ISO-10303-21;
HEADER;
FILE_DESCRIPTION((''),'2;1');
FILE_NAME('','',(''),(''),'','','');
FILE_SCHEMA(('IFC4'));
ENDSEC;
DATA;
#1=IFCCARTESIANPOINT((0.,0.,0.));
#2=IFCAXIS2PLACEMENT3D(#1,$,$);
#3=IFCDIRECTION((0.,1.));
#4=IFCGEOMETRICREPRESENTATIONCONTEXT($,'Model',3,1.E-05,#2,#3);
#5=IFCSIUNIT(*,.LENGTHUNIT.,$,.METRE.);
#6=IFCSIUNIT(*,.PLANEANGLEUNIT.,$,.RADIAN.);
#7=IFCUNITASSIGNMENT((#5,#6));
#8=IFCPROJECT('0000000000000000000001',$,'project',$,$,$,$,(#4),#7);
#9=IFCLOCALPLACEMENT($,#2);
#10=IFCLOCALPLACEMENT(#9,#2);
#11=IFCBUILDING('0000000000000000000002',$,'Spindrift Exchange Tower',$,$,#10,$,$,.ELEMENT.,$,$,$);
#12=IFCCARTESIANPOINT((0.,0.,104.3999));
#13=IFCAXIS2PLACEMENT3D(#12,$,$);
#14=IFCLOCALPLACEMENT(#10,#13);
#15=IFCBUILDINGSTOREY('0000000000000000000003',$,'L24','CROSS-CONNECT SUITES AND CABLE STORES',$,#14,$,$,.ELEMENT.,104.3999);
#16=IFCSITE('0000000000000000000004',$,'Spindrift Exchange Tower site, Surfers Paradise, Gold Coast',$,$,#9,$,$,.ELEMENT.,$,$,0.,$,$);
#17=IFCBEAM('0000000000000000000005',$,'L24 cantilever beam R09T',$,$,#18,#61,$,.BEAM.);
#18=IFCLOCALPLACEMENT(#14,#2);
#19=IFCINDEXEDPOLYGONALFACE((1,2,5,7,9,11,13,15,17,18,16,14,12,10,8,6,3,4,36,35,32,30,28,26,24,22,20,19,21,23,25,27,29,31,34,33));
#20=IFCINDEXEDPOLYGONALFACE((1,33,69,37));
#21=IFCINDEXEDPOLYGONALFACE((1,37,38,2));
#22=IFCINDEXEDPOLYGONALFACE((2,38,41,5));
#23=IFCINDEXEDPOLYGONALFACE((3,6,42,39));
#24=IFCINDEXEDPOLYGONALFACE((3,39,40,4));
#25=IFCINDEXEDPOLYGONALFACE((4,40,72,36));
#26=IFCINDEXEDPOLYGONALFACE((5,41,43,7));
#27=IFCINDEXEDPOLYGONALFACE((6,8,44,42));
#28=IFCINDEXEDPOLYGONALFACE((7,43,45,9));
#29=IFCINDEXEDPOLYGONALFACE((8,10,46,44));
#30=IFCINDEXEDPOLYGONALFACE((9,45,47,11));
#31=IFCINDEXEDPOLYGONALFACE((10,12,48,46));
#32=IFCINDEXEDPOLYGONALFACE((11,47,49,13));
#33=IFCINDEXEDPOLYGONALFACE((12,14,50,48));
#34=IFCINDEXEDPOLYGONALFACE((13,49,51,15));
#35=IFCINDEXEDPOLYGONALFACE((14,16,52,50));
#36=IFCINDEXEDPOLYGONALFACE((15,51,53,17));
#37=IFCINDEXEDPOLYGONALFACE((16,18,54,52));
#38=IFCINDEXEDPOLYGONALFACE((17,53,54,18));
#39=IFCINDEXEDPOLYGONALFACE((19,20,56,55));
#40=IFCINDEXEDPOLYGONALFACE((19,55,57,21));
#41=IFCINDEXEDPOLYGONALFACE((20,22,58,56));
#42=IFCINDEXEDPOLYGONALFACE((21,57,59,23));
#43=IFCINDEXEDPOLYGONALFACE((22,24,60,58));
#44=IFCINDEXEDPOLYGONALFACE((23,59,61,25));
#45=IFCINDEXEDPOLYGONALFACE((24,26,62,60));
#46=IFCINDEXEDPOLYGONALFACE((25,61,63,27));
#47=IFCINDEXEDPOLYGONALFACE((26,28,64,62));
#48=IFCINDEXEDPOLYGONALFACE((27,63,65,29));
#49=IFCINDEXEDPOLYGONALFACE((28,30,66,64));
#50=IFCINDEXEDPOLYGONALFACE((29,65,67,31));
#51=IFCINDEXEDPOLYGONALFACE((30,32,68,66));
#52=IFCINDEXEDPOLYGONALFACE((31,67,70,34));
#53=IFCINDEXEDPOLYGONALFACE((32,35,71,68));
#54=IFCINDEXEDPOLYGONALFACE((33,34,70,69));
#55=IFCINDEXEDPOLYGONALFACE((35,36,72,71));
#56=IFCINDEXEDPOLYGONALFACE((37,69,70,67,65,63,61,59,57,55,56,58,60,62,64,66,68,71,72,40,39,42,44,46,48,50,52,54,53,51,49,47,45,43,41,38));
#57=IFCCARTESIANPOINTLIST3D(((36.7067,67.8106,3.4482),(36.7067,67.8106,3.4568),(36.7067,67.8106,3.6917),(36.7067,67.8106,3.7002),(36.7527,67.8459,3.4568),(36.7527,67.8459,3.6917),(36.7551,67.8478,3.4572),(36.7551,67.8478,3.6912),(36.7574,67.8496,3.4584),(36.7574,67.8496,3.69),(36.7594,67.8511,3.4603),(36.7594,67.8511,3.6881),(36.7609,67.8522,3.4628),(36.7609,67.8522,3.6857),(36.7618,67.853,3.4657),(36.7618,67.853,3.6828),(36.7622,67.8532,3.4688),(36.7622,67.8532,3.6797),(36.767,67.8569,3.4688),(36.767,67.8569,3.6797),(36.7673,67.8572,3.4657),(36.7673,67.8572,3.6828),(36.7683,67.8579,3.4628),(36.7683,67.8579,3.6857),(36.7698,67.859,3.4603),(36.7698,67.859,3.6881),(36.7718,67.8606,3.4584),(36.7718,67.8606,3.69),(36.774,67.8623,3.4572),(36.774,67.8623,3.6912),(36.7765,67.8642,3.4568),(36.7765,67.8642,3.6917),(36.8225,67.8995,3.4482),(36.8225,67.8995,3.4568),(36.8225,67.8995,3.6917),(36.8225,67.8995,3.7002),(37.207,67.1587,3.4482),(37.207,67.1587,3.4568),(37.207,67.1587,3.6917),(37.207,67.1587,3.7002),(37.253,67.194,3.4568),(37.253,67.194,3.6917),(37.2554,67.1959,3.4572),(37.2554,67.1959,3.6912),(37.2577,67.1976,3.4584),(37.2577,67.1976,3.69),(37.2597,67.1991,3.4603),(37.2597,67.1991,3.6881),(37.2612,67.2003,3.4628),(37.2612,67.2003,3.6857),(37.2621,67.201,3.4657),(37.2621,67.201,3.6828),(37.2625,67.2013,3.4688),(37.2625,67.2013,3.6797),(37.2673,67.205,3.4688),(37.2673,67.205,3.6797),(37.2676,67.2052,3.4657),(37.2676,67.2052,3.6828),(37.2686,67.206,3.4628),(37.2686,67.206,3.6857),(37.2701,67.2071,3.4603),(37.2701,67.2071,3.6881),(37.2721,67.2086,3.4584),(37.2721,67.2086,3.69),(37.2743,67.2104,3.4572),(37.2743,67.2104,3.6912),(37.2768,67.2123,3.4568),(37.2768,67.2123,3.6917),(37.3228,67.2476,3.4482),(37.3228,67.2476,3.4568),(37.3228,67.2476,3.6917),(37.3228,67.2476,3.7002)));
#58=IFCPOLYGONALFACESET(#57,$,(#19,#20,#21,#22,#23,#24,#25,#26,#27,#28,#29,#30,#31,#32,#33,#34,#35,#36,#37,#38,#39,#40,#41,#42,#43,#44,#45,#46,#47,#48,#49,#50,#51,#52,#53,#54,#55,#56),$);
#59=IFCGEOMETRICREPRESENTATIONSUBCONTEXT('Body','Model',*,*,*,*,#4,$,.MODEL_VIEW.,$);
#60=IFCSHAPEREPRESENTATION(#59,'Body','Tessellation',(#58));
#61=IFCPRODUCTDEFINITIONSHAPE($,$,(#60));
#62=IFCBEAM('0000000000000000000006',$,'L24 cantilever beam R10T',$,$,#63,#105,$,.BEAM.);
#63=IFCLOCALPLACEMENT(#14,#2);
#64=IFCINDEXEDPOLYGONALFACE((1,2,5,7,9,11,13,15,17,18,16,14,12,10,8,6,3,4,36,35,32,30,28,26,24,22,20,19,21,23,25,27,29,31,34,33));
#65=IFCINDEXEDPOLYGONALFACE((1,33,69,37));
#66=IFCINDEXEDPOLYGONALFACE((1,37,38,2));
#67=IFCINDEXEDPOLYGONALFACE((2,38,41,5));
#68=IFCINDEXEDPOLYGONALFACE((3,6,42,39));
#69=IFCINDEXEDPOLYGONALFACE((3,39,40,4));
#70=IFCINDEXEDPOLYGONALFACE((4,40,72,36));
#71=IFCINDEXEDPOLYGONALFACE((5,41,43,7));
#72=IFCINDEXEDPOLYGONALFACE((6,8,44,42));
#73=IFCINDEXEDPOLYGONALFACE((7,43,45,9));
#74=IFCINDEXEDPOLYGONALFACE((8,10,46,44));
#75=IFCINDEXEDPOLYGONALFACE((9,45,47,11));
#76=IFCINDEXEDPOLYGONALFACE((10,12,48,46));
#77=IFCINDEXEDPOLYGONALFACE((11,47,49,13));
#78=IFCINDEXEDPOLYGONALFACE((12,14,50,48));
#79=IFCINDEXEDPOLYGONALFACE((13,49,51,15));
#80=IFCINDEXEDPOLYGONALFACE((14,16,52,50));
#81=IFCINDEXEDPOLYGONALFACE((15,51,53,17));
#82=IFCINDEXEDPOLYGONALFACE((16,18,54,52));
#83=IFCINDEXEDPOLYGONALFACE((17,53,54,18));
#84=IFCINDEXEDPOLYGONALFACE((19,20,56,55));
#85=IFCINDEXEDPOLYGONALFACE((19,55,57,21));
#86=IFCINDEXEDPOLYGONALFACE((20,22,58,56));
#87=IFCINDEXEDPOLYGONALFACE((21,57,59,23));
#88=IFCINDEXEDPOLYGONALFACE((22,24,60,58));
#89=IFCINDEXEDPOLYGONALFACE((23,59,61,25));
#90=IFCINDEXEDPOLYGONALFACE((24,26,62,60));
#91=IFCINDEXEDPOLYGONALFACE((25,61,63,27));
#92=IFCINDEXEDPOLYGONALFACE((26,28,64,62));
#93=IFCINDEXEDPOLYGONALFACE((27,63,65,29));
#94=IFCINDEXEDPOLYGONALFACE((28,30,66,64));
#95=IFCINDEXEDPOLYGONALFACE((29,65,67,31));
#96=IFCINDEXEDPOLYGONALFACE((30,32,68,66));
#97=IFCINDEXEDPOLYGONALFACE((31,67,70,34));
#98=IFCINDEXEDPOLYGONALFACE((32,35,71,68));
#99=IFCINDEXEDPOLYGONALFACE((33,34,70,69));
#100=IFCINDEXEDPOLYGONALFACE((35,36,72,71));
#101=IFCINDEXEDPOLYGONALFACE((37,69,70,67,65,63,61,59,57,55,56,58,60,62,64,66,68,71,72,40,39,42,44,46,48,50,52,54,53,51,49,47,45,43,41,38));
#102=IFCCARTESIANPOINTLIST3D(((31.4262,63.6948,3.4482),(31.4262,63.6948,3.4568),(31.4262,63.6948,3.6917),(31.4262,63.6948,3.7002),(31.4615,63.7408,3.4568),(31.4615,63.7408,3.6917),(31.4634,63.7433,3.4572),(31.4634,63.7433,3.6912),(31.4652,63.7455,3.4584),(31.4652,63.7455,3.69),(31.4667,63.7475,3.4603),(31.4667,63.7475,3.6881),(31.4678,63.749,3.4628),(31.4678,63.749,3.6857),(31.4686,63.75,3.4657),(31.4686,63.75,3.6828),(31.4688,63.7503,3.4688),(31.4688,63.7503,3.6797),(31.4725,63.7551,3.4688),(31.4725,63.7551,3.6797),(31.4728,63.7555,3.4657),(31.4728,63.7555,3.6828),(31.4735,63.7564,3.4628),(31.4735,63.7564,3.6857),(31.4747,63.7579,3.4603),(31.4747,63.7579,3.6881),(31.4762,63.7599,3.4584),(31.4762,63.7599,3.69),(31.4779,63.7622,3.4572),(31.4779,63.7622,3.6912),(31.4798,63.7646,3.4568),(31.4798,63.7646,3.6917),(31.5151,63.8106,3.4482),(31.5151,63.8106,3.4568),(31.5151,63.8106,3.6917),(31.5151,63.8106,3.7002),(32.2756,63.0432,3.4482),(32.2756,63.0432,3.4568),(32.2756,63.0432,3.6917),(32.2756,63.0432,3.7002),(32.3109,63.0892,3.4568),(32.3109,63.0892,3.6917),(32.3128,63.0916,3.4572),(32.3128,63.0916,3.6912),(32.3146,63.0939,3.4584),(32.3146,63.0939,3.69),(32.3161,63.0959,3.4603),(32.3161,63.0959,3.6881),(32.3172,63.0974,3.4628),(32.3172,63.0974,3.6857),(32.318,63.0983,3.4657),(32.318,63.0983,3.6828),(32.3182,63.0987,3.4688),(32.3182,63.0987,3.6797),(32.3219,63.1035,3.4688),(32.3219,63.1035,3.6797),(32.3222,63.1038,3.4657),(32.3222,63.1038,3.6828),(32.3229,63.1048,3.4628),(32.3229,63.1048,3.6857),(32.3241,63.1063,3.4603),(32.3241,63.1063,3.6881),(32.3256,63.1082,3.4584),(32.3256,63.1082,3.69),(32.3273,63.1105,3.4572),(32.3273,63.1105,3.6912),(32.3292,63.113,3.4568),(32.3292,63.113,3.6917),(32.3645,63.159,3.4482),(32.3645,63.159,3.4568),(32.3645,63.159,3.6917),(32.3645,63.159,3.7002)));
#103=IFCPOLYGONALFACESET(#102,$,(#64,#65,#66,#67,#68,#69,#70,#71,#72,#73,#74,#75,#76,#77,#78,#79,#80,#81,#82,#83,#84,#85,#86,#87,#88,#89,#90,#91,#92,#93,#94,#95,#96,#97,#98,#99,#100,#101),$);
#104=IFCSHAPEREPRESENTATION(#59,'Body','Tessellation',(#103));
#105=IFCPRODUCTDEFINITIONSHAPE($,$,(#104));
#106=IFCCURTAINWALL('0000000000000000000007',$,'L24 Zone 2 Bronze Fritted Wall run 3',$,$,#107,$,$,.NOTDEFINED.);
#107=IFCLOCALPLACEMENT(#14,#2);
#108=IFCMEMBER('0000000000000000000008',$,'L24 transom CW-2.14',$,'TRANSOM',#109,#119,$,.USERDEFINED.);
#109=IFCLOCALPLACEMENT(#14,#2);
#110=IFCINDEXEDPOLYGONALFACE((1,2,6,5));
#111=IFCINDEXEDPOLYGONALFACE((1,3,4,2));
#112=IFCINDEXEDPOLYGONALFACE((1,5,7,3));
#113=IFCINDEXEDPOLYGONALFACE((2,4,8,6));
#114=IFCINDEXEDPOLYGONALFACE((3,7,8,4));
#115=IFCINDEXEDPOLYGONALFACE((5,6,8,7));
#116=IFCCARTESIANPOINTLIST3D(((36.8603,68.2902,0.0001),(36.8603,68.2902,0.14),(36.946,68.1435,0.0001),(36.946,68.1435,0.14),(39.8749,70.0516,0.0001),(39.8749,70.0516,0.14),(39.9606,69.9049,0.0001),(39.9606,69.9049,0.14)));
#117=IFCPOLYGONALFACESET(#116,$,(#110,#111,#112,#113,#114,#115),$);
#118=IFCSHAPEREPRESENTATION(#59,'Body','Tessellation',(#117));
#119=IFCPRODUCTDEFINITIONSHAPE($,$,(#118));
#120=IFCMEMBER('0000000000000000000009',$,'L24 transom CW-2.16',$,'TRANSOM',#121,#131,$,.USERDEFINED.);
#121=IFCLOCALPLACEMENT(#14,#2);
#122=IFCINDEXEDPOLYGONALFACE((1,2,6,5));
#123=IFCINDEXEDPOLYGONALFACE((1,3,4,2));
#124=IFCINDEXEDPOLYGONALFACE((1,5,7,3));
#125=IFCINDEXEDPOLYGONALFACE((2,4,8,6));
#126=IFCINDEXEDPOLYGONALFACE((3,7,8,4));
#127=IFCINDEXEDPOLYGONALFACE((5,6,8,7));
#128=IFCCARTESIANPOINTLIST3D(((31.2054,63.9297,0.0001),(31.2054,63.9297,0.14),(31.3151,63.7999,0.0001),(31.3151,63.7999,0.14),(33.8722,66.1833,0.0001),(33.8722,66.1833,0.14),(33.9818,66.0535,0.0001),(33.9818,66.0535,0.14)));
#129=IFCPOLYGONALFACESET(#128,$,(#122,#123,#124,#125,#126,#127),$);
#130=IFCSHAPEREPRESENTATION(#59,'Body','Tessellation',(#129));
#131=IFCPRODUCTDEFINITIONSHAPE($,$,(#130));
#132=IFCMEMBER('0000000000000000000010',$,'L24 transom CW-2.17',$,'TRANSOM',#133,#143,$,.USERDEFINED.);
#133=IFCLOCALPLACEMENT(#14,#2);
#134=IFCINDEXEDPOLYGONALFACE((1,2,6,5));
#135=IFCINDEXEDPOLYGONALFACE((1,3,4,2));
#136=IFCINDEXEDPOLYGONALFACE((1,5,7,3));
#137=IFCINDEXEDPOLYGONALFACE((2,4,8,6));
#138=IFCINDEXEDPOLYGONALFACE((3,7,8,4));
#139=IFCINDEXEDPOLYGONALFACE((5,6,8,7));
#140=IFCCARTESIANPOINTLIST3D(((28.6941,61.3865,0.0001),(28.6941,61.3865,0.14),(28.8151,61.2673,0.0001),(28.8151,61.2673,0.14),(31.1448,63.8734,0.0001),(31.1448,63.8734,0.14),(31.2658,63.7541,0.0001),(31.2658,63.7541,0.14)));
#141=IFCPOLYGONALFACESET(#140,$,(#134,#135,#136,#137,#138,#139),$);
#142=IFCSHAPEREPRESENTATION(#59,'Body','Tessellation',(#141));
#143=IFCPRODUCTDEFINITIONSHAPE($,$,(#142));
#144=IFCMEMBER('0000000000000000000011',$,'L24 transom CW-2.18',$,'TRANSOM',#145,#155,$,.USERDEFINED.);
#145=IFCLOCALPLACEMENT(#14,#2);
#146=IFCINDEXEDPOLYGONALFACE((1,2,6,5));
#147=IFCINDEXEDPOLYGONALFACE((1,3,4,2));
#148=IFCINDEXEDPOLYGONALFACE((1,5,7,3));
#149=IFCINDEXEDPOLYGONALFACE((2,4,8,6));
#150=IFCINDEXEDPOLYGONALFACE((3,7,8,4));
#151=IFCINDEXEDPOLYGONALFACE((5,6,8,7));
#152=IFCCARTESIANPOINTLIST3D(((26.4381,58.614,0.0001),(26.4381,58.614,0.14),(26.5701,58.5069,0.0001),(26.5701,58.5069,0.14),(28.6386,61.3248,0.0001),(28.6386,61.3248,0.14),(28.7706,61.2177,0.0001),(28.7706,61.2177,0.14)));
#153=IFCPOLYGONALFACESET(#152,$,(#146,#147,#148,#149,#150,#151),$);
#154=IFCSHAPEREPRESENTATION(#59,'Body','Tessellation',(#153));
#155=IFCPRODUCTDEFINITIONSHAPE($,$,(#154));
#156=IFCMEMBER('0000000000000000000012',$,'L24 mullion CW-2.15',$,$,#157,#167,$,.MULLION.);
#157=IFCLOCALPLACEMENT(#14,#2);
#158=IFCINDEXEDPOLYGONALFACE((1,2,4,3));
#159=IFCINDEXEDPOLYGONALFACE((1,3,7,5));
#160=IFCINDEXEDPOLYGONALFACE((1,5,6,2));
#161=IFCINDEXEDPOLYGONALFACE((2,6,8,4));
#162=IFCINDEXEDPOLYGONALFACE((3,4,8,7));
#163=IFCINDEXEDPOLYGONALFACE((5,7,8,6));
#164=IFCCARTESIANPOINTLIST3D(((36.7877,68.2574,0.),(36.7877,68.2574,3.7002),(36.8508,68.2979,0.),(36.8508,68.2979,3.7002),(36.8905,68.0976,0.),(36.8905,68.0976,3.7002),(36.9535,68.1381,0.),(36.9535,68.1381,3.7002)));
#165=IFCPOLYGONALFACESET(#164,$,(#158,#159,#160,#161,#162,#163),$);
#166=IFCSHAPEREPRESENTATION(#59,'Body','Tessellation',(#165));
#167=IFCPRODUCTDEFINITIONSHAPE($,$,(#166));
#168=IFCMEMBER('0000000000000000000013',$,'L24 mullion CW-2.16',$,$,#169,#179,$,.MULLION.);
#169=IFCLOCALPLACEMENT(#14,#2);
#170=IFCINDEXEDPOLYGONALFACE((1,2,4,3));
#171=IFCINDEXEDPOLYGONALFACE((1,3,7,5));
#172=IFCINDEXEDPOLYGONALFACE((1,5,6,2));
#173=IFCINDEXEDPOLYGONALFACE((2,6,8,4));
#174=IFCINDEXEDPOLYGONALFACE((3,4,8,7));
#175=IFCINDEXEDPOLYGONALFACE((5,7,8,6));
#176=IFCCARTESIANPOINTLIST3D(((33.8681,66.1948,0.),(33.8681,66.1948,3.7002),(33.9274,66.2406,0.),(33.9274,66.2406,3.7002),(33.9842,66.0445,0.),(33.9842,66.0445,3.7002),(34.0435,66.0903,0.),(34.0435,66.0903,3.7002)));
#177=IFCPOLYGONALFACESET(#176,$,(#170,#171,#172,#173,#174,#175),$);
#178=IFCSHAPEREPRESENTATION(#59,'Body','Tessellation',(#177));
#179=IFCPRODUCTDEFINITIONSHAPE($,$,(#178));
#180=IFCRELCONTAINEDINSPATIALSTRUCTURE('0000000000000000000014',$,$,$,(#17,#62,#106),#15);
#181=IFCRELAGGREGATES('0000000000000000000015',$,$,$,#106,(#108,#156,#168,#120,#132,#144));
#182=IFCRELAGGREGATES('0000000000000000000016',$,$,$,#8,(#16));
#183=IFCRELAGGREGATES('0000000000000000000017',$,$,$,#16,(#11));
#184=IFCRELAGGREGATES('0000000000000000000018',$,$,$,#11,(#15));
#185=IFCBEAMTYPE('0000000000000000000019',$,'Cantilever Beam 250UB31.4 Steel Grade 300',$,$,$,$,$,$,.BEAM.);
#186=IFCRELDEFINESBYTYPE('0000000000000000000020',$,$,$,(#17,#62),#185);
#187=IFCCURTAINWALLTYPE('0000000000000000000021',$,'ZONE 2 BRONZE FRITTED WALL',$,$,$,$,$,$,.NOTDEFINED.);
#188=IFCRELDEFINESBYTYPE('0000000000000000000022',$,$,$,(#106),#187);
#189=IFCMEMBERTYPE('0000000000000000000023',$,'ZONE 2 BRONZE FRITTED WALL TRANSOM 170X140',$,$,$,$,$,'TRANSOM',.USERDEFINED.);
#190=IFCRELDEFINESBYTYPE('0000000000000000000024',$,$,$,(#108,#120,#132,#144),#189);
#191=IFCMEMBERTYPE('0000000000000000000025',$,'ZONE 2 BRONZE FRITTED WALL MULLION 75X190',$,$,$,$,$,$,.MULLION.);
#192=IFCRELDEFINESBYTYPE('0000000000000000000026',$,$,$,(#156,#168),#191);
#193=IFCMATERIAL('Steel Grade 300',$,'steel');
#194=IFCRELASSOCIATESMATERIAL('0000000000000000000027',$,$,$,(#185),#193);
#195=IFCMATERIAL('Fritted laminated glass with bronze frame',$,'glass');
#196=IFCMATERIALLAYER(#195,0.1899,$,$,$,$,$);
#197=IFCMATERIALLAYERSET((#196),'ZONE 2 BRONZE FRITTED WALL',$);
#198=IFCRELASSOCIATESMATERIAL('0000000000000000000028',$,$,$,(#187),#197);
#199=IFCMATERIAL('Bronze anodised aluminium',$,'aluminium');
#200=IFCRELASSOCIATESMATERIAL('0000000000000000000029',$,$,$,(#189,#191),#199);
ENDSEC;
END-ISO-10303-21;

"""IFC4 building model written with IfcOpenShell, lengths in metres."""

from ifc_helpers import new_model, si_unit, direction, frame, origin, origin_2d, place, context, subcontext, project, spatial, rectangle, i_section, extrude, source, transform, mapped, material, layer, layer_set, material_profile, profile_set, type_object, element, aggregate, save


model = new_model("IFC4")

# Units and contexts
model_context = context("Model", 3, precision=1e-05, world=origin(), true_north=direction((0.0, 1.0)))
body_context = subcontext(model_context, "Body", "Model", "MODEL_VIEW")
ifc_project = project(units=[si_unit("LENGTHUNIT", "METRE"), si_unit("PLANEANGLEUNIT", "RADIAN")], contexts=[model_context])

# Site, building, storey
site_placement = place(None, origin())
site = spatial("IfcSite", under=ifc_project, at=site_placement, Name="Spindrift Exchange Tower site, Surfers Paradise, Gold Coast", CompositionType="ELEMENT", RefElevation=0.0)
building_placement = place(site_placement, origin())
building = spatial("IfcBuilding", under=site, at=building_placement, Name="Spindrift Exchange Tower", CompositionType="ELEMENT")
storey_placement = place(building_placement, frame((0.0, 0.0, 104.3999)))
storey = spatial("IfcBuildingStorey", under=building, at=storey_placement, Name="L24", Description="CROSS-CONNECT SUITES AND CABLE STORES", CompositionType="ELEMENT", Elevation=104.3999)

# Beams
ifc_material_1 = material(Name="Steel Grade 300", Category="steel")
ifc_material_profile_1 = material_profile(ifc_material_1, i_section(OverallWidth=0.146, OverallDepth=0.252, WebThickness=0.0061, FlangeThickness=0.0085, FilletRadius=0.012, at=origin_2d()), Name="250UB31.4")
ifc_profile_set_1 = profile_set([ifc_material_profile_1], Name="Steel Grade 300")
beam_type_1 = type_object("IfcBeamType", Name="Cantilever Beam 250UB31.4 Steel Grade 300", PredefinedType="BEAM", material=ifc_profile_set_1)
shared_shape_1 = source(origin(), body_context, "Body", "SweptSolid", [
    extrude(i_section(OverallWidth=0.146, OverallDepth=0.252, WebThickness=0.0061, FlangeThickness=0.0085, FilletRadius=0.012, at=origin_2d()), origin(), (0.0, 0.0, 1.0), 0.8218),
])
beam_1_placement = place(storey_placement, frame((37.2649, 67.2031, 3.5742), z_axis=(-0.608806, 0.793319, 0.0), x_axis=(-0.793319, -0.608806, 0.0)))
element("IfcBeam", 1, at=beam_1_placement, inside=storey, type_object=beam_type_1, Name="L24 cantilever beam R09T", PredefinedType="BEAM", context=body_context, shape_type="MappedRepresentation", body=[
    mapped(shared_shape_1, transform((0.0, 0.0, 0.0), scale=1.0)),
])
shared_shape_2 = source(origin(), body_context, "Body", "SweptSolid", [
    extrude(i_section(OverallWidth=0.146, OverallDepth=0.252, WebThickness=0.0061, FlangeThickness=0.0085, FilletRadius=0.012, at=origin_2d()), origin(), (0.0, 0.0, 1.0), 1.0706),
])
beam_2_placement = place(storey_placement, frame((32.3201, 63.1011, 3.5742), z_axis=(-0.793412, 0.608685, 0.0), x_axis=(-0.608685, -0.793412, 0.0)))
element("IfcBeam", 2, at=beam_2_placement, inside=storey, type_object=beam_type_1, Name="L24 cantilever beam R10T", PredefinedType="BEAM", context=body_context, shape_type="MappedRepresentation", body=[
    mapped(shared_shape_2, transform((0.0, 0.0, 0.0), scale=1.0)),
])

# Curtain wall, members
ifc_material_2 = material(Name="Fritted laminated glass with bronze frame", Category="glass")
ifc_layer_1 = layer(ifc_material_2, 0.1899)
ifc_layer_set_1 = layer_set([ifc_layer_1], Name="ZONE 2 BRONZE FRITTED WALL")
curtain_wall_type = type_object("IfcCurtainWallType", Name="ZONE 2 BRONZE FRITTED WALL", PredefinedType="NOTDEFINED", material=ifc_layer_set_1)
curtain_wall_1_placement = place(storey_placement, origin())
curtain_wall_1 = element("IfcCurtainWall", 3, at=curtain_wall_1_placement, inside=storey, type_object=curtain_wall_type, Name="L24 Zone 2 Bronze Fritted Wall run 3", PredefinedType="NOTDEFINED")
ifc_material_3 = material(Name="Bronze anodised aluminium", Category="aluminium")
ifc_material_profile_2 = material_profile(ifc_material_3, rectangle(XDim=0.1699, YDim=0.1399, at=origin_2d()), Name="ZONE 2 BRONZE FRITTED WALL TRANSOM 170X140")
ifc_profile_set_2 = profile_set([ifc_material_profile_2], Name="Bronze anodised aluminium")
member_type_1 = type_object("IfcMemberType", Name="ZONE 2 BRONZE FRITTED WALL TRANSOM 170X140", ElementType="TRANSOM", PredefinedType="USERDEFINED", material=ifc_profile_set_2)
shared_shape_3 = source(origin(), body_context, "Body", "SweptSolid", [
    extrude(rectangle(XDim=0.1699, YDim=0.1399, at=origin_2d()), origin(), (0.0, 0.0, 1.0), 3.4915),
])
member_1_placement = place(storey_placement, frame((39.9177, 69.9783, 0.0701), z_axis=(-0.863413, -0.504497, 0.0), x_axis=(0.504497, -0.863413, 0.0)))
member_1 = element("IfcMember", 4, at=member_1_placement, type_object=member_type_1, Name="L24 transom CW-2.14", ObjectType="TRANSOM", PredefinedType="USERDEFINED", context=body_context, shape_type="MappedRepresentation", body=[
    mapped(shared_shape_3, transform((0.0, 0.0, 0.0), scale=1.0)),
])
member_2_placement = place(storey_placement, frame((33.927, 66.1184, 0.0701), z_axis=(-0.763784, -0.645472, 0.0), x_axis=(0.645472, -0.763784, 0.0)))
member_2 = element("IfcMember", 5, at=member_2_placement, type_object=member_type_1, Name="L24 transom CW-2.16", ObjectType="TRANSOM", PredefinedType="USERDEFINED", context=body_context, shape_type="MappedRepresentation", body=[
    mapped(shared_shape_3, transform((0.0, 0.0, 0.0), scale=1.0)),
])
member_3_placement = place(storey_placement, frame((31.2053, 63.8137, 0.0701), z_axis=(-0.701913, -0.712262, 0.0), x_axis=(0.712262, -0.701913, 0.0)))
member_3 = element("IfcMember", 6, at=member_3_placement, type_object=member_type_1, Name="L24 transom CW-2.17", ObjectType="TRANSOM", PredefinedType="USERDEFINED", context=body_context, shape_type="MappedRepresentation", body=[
    mapped(shared_shape_3, transform((0.0, 0.0, 0.0), scale=1.0)),
])
member_4_placement = place(storey_placement, frame((28.7046, 61.2712, 0.0701), z_axis=(-0.630248, -0.776394, 0.0), x_axis=(0.776394, -0.630248, 0.0)))
member_4 = element("IfcMember", 7, at=member_4_placement, type_object=member_type_1, Name="L24 transom CW-2.18", ObjectType="TRANSOM", PredefinedType="USERDEFINED", context=body_context, shape_type="MappedRepresentation", body=[
    mapped(shared_shape_3, transform((0.0, 0.0, 0.0), scale=1.0)),
])
ifc_material_profile_3 = material_profile(ifc_material_3, rectangle(XDim=0.075, YDim=0.1899, at=origin_2d()), Name="ZONE 2 BRONZE FRITTED WALL MULLION 75X190")
ifc_profile_set_3 = profile_set([ifc_material_profile_3], Name="Bronze anodised aluminium")
member_type_2 = type_object("IfcMemberType", Name="ZONE 2 BRONZE FRITTED WALL MULLION 75X190", PredefinedType="MULLION", material=ifc_profile_set_3)
shared_shape_4 = source(origin(), body_context, "Body", "SweptSolid", [
    extrude(rectangle(XDim=0.075, YDim=0.1899, at=origin_2d()), origin(), (0.0, 0.0, 1.0), 3.7002),
])
member_5_placement = place(storey_placement, frame((36.8706, 68.1978, 0.0), z_axis=(0.0, 0.0, 1.0), x_axis=(-0.841098, -0.540882, 0.0)))
member_5 = element("IfcMember", 8, at=member_5_placement, type_object=member_type_2, Name="L24 mullion CW-2.15", PredefinedType="MULLION", context=body_context, shape_type="MappedRepresentation", body=[
    mapped(shared_shape_4, transform((0.0, 0.0, 0.0), scale=1.0)),
])
member_6_placement = place(storey_placement, frame((33.9558, 66.1426, 0.0), z_axis=(0.0, 0.0, 1.0), x_axis=(-0.791297, -0.611432, 0.0)))
member_6 = element("IfcMember", 9, at=member_6_placement, type_object=member_type_2, Name="L24 mullion CW-2.16", PredefinedType="MULLION", context=body_context, shape_type="MappedRepresentation", body=[
    mapped(shared_shape_4, transform((0.0, 0.0, 0.0), scale=1.0)),
])

aggregate(curtain_wall_1, [member_1, member_5, member_6, member_2, member_3, member_4])

save(model, "model.ifc")
